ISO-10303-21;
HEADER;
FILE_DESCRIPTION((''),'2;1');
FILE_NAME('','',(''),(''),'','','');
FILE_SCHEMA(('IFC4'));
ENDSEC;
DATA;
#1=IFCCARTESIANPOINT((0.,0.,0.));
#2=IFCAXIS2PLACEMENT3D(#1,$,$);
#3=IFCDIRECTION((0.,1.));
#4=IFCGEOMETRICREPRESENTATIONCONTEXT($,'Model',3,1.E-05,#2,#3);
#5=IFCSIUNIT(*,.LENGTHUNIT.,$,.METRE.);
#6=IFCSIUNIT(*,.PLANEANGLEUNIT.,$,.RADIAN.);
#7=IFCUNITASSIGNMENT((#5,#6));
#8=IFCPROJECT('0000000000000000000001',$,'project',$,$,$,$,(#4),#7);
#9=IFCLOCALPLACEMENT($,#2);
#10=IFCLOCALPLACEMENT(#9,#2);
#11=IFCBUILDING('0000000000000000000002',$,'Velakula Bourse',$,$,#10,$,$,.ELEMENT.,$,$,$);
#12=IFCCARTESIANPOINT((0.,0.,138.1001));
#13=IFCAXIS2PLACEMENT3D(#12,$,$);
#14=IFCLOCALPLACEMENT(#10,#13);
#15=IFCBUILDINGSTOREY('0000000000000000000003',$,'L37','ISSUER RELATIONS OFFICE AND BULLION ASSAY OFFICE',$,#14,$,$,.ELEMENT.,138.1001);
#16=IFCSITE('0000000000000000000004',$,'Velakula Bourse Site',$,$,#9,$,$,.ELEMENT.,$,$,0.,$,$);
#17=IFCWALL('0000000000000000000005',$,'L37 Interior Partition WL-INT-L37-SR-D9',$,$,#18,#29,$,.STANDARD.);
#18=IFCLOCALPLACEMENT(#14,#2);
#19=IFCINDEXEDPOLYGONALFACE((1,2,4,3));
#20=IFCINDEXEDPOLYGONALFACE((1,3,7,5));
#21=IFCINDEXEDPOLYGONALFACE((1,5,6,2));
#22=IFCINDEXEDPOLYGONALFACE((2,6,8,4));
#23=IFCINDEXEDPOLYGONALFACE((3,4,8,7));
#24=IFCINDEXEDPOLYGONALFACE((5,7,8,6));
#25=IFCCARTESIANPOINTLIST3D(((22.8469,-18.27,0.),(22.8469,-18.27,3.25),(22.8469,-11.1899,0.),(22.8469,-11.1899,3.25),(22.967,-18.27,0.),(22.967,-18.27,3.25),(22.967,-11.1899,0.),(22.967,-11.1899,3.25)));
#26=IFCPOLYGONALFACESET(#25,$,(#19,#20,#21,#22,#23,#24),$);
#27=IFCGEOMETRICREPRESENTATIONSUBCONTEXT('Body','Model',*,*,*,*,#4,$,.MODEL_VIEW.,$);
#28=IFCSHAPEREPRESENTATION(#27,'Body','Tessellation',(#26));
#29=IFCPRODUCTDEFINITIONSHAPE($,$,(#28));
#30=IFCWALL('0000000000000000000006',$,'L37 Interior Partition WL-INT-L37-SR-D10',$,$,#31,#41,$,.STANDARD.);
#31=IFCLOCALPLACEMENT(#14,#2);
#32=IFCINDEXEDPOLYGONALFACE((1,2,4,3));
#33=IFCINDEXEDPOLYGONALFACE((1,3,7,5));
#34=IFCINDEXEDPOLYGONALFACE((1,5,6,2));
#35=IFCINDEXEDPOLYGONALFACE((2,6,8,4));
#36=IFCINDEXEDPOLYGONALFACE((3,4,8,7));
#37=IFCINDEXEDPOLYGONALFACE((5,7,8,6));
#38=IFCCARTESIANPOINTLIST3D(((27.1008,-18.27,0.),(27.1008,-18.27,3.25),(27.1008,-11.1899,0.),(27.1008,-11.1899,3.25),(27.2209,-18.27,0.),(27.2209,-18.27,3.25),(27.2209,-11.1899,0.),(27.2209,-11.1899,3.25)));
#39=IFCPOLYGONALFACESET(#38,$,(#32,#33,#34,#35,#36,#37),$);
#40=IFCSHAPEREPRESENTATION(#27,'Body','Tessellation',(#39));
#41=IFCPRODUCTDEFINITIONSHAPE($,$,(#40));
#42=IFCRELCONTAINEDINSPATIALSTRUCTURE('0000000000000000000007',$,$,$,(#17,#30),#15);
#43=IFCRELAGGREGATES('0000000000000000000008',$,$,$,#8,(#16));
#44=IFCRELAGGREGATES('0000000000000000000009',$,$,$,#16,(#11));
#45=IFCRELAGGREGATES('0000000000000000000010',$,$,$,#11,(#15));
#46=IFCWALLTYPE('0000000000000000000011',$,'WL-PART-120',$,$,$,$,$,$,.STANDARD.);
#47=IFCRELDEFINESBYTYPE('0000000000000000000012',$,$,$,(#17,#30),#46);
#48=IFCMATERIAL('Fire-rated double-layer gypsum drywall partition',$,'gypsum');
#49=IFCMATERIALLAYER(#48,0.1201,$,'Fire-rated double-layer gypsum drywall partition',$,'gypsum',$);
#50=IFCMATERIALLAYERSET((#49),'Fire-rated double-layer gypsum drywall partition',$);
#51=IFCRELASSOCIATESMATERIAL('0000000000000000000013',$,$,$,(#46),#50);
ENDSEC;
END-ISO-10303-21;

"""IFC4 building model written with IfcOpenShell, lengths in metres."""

from ifc_helpers import new_model, si_unit, direction, frame, frame_2d, origin, place, context, subcontext, project, spatial, rectangle, extrude, material, layer, layer_set, type_object, element, save


model = new_model("IFC4")

# Units and contexts
model_context = context("Model", 3, precision=1e-05, world=origin(), true_north=direction((0.0, 1.0)))
body_context = subcontext(model_context, "Body", "Model", "MODEL_VIEW")
ifc_project = project(units=[si_unit("LENGTHUNIT", "METRE"), si_unit("PLANEANGLEUNIT", "RADIAN")], contexts=[model_context])

# Site, building, storey
site_placement = place(None, origin())
site = spatial("IfcSite", under=ifc_project, at=site_placement, Name="Velakula Bourse Site", CompositionType="ELEMENT", RefElevation=0.0)
building_placement = place(site_placement, origin())
building = spatial("IfcBuilding", under=site, at=building_placement, Name="Velakula Bourse", CompositionType="ELEMENT")
storey_placement = place(building_placement, frame((0.0, 0.0, 138.1001)))
storey = spatial("IfcBuildingStorey", under=building, at=storey_placement, Name="L37", Description="ISSUER RELATIONS OFFICE AND BULLION ASSAY OFFICE", CompositionType="ELEMENT", Elevation=138.1001)

# Walls
ifc_material_1 = material(Name="Fire-rated double-layer gypsum drywall partition", Category="gypsum")
ifc_layer_1 = layer(ifc_material_1, 0.1201, Name="Fire-rated double-layer gypsum drywall partition", Category="gypsum")
ifc_layer_set_1 = layer_set([ifc_layer_1], Name="Fire-rated double-layer gypsum drywall partition")
wall_type_1 = type_object("IfcWallType", Name="WL-PART-120", PredefinedType="STANDARD", material=ifc_layer_set_1)
for number, where, z_axis, x_axis, name in (
    (1, (22.907, -18.27, 0.0), (0.0, 0.0, 1.0), (0.0, 1.0, 0.0), "L37 Interior Partition WL-INT-L37-SR-D9"),
    (2, (27.1609, -18.27, 0.0), (0.0, 0.0, 1.0), (0.0, 1.0, 0.0), "L37 Interior Partition WL-INT-L37-SR-D10"),
):
    element("IfcWall", number, at=place(storey_placement, frame(where, z_axis=z_axis, x_axis=x_axis)), inside=storey, type_object=wall_type_1, Name=name, PredefinedType="STANDARD", context=body_context, shape_type="SweptSolid", body=[
        extrude(rectangle(XDim=7.0801, YDim=0.1201, at=frame_2d((3.54, 0.0))), origin(), (0.0, 0.0, 1.0), 3.25),
    ])

save(model, "model.ifc")
